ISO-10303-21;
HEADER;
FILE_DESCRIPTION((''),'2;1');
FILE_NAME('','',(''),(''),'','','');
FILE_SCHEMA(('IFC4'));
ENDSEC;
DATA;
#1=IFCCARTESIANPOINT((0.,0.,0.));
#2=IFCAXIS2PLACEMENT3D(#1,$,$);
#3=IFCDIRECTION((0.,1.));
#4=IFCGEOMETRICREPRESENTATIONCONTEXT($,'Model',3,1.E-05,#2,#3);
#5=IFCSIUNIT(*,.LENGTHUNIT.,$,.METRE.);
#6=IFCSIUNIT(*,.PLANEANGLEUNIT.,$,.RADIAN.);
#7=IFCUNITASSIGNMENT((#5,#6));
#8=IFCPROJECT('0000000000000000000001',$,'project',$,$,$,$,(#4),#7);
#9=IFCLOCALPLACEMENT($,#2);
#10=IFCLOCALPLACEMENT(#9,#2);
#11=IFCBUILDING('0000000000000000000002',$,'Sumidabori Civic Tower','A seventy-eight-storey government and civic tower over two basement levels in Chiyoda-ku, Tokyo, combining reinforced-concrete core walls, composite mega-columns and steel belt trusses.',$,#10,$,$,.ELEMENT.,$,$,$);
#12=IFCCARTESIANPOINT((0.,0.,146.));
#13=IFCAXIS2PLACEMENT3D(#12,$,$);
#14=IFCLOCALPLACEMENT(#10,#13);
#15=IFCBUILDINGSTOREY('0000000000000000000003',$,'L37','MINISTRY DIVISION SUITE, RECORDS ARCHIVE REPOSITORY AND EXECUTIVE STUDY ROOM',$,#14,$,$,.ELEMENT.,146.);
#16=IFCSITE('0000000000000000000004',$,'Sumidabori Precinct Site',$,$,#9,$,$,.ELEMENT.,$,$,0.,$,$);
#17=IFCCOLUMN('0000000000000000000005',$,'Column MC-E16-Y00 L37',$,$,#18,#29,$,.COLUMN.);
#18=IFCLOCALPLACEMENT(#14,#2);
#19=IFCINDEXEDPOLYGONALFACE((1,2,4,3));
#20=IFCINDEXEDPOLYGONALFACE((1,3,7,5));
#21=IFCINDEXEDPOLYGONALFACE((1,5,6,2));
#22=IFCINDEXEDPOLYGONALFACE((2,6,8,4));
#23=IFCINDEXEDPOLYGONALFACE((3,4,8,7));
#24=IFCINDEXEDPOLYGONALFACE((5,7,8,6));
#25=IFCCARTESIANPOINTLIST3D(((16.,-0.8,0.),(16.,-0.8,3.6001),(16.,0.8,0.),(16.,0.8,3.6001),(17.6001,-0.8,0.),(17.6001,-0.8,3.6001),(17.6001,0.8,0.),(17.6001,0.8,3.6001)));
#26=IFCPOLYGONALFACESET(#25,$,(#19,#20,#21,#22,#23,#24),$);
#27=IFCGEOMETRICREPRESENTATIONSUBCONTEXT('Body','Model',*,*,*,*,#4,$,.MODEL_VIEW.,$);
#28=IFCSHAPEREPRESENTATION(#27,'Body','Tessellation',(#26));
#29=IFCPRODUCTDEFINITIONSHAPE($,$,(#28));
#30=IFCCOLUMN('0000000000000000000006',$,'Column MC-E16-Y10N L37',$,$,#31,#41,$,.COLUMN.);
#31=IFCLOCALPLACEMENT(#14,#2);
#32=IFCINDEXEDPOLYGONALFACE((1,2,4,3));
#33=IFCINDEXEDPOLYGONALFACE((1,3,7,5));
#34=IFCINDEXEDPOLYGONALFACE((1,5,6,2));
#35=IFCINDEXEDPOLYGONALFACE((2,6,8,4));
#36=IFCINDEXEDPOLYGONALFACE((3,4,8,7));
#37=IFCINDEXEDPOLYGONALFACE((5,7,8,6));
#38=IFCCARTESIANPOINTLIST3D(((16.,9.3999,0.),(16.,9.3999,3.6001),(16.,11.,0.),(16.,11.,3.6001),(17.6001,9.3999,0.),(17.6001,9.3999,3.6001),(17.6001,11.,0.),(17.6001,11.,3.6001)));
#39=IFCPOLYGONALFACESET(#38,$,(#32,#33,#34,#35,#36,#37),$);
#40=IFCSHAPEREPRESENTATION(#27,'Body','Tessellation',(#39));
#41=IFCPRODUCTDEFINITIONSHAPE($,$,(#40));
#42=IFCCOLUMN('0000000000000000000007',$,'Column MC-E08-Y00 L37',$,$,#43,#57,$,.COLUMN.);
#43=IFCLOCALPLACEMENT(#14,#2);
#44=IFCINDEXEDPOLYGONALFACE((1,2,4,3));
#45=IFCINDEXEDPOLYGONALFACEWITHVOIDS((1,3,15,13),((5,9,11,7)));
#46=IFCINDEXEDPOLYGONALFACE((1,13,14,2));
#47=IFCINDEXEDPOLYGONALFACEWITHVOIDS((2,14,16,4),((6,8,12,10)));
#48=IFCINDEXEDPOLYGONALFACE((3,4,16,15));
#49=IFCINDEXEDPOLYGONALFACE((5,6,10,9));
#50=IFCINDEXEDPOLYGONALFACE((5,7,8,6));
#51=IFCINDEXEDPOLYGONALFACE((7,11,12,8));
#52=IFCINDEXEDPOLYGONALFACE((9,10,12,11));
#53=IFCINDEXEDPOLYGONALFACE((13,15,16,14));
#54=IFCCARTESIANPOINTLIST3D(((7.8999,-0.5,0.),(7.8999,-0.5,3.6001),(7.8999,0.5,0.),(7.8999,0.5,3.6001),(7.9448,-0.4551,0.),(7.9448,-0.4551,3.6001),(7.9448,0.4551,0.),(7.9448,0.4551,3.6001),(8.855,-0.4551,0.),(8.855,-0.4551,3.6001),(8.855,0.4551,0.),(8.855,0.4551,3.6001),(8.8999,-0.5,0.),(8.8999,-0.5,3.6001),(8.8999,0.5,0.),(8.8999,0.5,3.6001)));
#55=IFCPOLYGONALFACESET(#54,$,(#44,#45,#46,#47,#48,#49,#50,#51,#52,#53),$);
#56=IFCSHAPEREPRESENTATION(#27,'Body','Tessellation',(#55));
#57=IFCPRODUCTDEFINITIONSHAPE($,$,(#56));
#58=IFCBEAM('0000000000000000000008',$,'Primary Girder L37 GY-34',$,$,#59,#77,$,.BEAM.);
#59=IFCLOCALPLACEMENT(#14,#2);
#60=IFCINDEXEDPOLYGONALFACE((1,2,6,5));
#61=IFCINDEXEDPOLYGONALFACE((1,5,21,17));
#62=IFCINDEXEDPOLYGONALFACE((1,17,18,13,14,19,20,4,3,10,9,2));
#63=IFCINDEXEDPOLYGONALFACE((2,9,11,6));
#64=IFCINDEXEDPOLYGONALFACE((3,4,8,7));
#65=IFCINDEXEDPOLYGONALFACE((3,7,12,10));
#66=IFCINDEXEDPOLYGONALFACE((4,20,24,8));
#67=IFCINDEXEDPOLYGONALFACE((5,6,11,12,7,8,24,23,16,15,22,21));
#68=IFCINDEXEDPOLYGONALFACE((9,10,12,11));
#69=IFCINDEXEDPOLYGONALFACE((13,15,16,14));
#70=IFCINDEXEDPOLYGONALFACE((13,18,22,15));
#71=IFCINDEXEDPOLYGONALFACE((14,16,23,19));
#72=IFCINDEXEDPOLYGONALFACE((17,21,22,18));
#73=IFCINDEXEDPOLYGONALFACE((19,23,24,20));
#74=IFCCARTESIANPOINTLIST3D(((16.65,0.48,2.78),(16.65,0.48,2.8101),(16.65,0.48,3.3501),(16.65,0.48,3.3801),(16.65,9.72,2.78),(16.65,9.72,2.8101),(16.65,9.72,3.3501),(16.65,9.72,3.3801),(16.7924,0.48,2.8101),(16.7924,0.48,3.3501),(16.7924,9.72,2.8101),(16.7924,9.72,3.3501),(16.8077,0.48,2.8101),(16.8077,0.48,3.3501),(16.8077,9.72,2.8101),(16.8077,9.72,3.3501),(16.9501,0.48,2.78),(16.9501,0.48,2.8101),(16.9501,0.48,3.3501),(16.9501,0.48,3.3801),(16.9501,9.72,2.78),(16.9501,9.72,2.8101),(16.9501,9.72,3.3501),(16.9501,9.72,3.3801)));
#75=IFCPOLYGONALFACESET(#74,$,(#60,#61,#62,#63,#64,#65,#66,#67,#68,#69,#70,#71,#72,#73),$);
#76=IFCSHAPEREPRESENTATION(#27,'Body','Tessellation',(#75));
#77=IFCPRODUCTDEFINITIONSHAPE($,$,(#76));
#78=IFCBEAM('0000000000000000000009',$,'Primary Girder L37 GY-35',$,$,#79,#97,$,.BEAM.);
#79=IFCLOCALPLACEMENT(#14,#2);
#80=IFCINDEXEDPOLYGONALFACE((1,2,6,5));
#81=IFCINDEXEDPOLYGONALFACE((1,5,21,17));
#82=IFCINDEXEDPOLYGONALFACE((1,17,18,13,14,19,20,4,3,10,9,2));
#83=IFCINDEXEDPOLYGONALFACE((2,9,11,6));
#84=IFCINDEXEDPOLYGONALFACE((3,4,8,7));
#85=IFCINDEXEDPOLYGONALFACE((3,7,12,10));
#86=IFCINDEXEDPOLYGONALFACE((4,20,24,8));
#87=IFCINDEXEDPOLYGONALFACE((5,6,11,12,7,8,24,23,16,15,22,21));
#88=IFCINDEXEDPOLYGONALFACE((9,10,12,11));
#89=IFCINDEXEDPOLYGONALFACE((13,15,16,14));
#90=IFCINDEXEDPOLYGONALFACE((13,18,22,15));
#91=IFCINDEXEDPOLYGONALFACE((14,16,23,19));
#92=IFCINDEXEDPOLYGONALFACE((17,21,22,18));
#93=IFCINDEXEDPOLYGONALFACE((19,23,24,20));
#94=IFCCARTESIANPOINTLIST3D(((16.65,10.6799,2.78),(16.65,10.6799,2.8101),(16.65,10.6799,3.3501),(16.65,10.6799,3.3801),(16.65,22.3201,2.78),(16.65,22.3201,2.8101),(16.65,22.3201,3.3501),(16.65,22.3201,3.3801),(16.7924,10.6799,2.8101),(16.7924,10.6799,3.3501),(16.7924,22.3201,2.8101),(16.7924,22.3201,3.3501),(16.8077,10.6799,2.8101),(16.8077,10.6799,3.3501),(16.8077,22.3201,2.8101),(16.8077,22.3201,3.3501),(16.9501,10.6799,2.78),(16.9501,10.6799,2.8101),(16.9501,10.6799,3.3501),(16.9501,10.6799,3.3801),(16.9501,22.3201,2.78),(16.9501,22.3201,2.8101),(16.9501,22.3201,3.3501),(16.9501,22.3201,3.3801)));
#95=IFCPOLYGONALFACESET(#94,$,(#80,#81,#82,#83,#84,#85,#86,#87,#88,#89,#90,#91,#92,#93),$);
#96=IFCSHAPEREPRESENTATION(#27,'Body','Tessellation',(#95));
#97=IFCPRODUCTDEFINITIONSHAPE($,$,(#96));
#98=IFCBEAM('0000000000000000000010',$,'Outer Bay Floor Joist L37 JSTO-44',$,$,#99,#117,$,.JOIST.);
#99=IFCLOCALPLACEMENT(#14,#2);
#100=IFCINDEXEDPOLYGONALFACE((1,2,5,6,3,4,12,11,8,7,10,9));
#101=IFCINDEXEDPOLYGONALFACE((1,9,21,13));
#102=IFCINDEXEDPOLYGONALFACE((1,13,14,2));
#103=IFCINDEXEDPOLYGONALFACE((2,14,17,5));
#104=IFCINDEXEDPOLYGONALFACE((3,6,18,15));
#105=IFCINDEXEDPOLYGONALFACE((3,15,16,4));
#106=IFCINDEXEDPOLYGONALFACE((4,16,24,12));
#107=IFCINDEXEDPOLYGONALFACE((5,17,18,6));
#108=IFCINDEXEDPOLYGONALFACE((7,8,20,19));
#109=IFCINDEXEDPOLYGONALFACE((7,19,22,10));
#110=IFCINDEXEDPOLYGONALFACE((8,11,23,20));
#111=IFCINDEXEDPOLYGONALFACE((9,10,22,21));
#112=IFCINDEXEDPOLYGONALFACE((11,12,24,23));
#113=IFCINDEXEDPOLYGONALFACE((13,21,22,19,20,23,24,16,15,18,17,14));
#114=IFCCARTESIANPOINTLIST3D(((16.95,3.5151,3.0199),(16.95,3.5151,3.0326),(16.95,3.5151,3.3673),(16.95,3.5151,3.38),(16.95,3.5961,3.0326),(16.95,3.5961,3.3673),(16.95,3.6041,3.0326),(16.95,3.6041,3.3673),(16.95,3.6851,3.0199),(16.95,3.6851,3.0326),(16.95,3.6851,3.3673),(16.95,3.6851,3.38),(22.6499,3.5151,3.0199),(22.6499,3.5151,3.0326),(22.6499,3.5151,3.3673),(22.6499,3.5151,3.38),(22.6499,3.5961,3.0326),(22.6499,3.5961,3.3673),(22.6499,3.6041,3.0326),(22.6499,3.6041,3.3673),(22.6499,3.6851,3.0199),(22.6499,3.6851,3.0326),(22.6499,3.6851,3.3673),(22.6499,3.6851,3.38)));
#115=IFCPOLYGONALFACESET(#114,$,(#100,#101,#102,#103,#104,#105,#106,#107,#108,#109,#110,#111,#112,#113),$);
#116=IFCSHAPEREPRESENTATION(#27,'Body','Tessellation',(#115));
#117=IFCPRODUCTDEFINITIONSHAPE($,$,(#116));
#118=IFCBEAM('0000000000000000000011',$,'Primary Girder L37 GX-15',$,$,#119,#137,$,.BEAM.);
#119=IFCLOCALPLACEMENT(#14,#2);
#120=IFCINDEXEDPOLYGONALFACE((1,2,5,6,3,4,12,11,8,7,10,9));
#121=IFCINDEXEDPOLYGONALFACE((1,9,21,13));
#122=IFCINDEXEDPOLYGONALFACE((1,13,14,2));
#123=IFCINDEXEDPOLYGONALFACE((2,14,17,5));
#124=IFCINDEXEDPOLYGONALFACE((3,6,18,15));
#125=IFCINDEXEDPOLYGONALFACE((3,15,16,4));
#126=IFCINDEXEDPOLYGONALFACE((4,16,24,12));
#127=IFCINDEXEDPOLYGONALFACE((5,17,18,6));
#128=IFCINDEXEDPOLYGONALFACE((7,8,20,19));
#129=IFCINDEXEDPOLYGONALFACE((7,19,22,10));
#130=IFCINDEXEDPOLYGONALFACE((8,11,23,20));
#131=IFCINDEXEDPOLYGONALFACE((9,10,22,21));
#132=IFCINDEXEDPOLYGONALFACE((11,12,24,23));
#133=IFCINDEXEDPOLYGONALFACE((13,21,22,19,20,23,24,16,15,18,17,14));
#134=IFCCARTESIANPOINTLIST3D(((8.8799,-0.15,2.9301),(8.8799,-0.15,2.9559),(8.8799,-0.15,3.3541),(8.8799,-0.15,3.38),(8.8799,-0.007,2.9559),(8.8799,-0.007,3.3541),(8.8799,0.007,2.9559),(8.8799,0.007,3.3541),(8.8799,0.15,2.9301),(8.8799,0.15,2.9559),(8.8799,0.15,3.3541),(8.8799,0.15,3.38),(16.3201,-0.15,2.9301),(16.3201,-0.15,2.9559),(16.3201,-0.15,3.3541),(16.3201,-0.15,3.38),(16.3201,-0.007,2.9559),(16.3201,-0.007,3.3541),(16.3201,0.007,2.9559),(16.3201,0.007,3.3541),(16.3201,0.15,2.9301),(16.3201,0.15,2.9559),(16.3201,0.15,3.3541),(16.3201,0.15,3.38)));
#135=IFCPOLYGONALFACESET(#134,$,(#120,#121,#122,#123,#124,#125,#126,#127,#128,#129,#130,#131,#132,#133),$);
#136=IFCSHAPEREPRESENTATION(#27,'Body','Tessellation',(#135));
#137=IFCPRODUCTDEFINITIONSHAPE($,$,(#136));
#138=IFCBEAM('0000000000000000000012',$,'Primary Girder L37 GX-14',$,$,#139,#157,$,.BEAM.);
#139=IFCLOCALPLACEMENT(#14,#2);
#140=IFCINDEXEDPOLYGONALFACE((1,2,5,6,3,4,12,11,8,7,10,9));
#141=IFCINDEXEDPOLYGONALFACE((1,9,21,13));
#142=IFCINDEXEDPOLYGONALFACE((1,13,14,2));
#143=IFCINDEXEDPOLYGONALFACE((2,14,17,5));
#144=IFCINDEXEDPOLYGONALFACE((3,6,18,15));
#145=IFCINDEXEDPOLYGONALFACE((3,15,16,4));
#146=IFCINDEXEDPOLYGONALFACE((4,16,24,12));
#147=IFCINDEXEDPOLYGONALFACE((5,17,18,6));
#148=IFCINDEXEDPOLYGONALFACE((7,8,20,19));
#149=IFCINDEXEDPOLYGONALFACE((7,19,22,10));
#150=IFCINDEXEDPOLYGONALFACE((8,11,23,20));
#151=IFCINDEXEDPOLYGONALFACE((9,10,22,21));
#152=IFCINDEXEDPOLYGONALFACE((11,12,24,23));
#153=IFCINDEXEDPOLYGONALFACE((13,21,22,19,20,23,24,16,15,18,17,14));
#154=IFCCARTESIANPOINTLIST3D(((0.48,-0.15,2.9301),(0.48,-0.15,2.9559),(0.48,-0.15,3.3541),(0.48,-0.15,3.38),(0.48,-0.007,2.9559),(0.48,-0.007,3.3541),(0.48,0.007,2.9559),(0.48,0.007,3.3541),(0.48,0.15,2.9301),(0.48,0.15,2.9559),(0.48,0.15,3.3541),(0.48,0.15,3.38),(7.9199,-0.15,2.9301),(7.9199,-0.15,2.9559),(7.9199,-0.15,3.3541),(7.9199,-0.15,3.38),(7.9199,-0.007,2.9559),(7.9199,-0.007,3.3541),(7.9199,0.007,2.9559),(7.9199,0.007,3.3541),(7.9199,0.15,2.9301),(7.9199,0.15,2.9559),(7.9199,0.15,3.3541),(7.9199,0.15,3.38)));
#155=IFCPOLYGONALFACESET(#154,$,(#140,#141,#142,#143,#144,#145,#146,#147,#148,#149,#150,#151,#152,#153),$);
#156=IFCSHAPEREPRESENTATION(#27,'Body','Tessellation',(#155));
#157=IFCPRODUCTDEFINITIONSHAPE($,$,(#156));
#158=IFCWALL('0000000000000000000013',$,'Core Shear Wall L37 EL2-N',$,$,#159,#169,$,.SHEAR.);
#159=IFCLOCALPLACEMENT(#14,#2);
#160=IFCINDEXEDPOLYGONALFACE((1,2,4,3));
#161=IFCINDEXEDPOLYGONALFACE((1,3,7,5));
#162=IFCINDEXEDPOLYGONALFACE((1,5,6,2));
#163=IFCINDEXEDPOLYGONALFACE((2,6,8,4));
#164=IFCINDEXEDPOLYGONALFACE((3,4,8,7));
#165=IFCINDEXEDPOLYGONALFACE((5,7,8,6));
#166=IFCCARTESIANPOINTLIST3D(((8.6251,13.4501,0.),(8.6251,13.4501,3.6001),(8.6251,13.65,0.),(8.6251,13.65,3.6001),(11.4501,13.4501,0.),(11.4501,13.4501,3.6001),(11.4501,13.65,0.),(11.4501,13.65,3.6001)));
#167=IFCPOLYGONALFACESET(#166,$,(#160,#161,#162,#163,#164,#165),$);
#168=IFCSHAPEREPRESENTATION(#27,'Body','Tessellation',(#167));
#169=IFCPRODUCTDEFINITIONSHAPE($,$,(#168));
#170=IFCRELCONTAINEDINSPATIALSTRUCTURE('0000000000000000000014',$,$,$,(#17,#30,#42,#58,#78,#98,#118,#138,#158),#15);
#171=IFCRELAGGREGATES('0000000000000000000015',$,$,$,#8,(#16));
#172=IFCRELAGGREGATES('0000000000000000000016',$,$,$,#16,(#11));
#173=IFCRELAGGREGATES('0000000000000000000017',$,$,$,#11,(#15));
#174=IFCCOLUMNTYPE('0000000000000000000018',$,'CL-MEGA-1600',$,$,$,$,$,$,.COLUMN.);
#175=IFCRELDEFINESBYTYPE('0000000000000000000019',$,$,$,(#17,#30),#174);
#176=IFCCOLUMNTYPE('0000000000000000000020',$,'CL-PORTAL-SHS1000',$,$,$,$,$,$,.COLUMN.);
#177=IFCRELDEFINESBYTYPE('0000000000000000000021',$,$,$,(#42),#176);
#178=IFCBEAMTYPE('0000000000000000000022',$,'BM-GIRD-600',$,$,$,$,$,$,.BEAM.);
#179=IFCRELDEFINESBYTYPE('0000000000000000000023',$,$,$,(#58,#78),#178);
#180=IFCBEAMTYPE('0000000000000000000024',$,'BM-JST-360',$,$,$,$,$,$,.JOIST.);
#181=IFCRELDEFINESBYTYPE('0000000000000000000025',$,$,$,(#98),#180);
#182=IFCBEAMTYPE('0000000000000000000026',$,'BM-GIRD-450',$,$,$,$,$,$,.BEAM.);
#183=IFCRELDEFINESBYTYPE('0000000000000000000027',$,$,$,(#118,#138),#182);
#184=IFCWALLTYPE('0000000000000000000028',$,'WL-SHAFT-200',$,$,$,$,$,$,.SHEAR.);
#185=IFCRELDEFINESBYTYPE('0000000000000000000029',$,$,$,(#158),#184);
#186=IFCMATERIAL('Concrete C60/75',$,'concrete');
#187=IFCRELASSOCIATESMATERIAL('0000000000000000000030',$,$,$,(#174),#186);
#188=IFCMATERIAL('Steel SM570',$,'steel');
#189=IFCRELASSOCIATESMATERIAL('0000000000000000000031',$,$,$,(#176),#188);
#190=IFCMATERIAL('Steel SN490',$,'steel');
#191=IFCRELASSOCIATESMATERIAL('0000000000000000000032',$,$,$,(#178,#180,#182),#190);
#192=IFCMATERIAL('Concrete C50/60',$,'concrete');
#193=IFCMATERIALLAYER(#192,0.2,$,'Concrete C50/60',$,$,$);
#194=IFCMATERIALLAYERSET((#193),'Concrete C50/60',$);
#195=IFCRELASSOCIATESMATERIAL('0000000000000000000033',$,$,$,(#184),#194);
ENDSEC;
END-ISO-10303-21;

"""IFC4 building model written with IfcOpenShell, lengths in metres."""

from ifc_helpers import new_model, si_unit, direction, frame, frame_2d, origin, origin_2d, place, context, subcontext, project, spatial, rectangle, hollow_rectangle, i_section, extrude, source, transform, mapped, material, layer, layer_set, material_profile, profile_set, type_object, element, save


model = new_model("IFC4")

# Units and contexts
model_context = context("Model", 3, precision=1e-05, world=origin(), true_north=direction((0.0, 1.0)))
body_context = subcontext(model_context, "Body", "Model", "MODEL_VIEW")
ifc_project = project(units=[si_unit("LENGTHUNIT", "METRE"), si_unit("PLANEANGLEUNIT", "RADIAN")], contexts=[model_context])

# Site, building, storey
site_placement = place(None, origin())
site = spatial("IfcSite", under=ifc_project, at=site_placement, Name="Sumidabori Precinct Site", CompositionType="ELEMENT", RefElevation=0.0)
building_placement = place(site_placement, origin())
building = spatial("IfcBuilding", under=site, at=building_placement, Name="Sumidabori Civic Tower", Description="A seventy-eight-storey government and civic tower over two basement levels in Chiyoda-ku, Tokyo, combining reinforced-concrete core walls, composite mega-columns and steel belt trusses.", CompositionType="ELEMENT")
storey_placement = place(building_placement, frame((0.0, 0.0, 146.0)))
storey = spatial("IfcBuildingStorey", under=building, at=storey_placement, Name="L37", Description="MINISTRY DIVISION SUITE, RECORDS ARCHIVE REPOSITORY AND EXECUTIVE STUDY ROOM", CompositionType="ELEMENT", Elevation=146.0)

# Columns
ifc_material_1 = material(Name="Concrete C60/75", Category="concrete")
ifc_material_profile_1 = material_profile(ifc_material_1, rectangle(XDim=1.6001, YDim=1.6001, at=origin_2d()), Name="RC 1600x1600")
ifc_profile_set_1 = profile_set([ifc_material_profile_1], Name="Concrete C60/75")
column_type_1 = type_object("IfcColumnType", Name="CL-MEGA-1600", PredefinedType="COLUMN", material=ifc_profile_set_1)
shared_shape_1 = source(origin(), body_context, "Body", "SweptSolid", [
    extrude(rectangle(XDim=1.6001, YDim=1.6001, at=origin_2d()), origin(), (0.0, 0.0, 1.0), 3.6001),
])
for number, where, z_axis, x_axis, name in (
    (1, (16.8, 0.0, 0.0), (0.0, 0.0, 1.0), (1.0, 0.0, 0.0), "Column MC-E16-Y00 L37"),
    (2, (16.8, 10.2, 0.0), (0.0, 0.0, 1.0), (1.0, 0.0, 0.0), "Column MC-E16-Y10N L37"),
):
    element("IfcColumn", number, at=place(storey_placement, frame(where, z_axis=z_axis, x_axis=x_axis)), inside=storey, type_object=column_type_1, Name=name, PredefinedType="COLUMN", context=body_context, shape_type="MappedRepresentation", body=[
        mapped(shared_shape_1, transform((0.0, 0.0, 0.0), x_axis=(1.0, 0.0, 0.0), y_axis=(0.0, 1.0, 0.0), z_axis=(0.0, 0.0, 1.0), scale=1.0)),
    ])
ifc_material_2 = material(Name="Steel SM570", Category="steel")
ifc_material_profile_2 = material_profile(ifc_material_2, hollow_rectangle(XDim=1.0, YDim=1.0, WallThickness=0.0449, at=origin_2d()), Name="SHS 1000x1000x45")
ifc_profile_set_2 = profile_set([ifc_material_profile_2], Name="Steel SM570")
column_type_2 = type_object("IfcColumnType", Name="CL-PORTAL-SHS1000", PredefinedType="COLUMN", material=ifc_profile_set_2)
shared_shape_2 = source(origin(), body_context, "Body", "SweptSolid", [
    extrude(hollow_rectangle(XDim=1.0, YDim=1.0, WallThickness=0.0449, at=origin_2d()), origin(), (0.0, 0.0, 1.0), 3.6001),
])
column_placement = place(storey_placement, frame((8.3999, 0.0, 0.0), z_axis=(0.0, 0.0, 1.0), x_axis=(1.0, 0.0, 0.0)))
element("IfcColumn", 3, at=column_placement, inside=storey, type_object=column_type_2, Name="Column MC-E08-Y00 L37", PredefinedType="COLUMN", context=body_context, shape_type="MappedRepresentation", body=[
    mapped(shared_shape_2, transform((0.0, 0.0, 0.0), x_axis=(1.0, 0.0, 0.0), y_axis=(0.0, 1.0, 0.0), z_axis=(0.0, 0.0, 1.0), scale=1.0)),
])

# Beams
ifc_material_3 = material(Name="Steel SN490", Category="steel")
ifc_material_profile_3 = material_profile(ifc_material_3, i_section(OverallWidth=0.3, OverallDepth=0.6001, WebThickness=0.0154, FlangeThickness=0.03, at=origin_2d()), Name="HE 600 B")
ifc_profile_set_3 = profile_set([ifc_material_profile_3], Name="Steel SN490")
beam_type_1 = type_object("IfcBeamType", Name="BM-GIRD-600", PredefinedType="BEAM", material=ifc_profile_set_3)
shared_shape_3 = source(origin(), body_context, "Body", "SweptSolid", [
    extrude(i_section(OverallWidth=0.3, OverallDepth=0.6001, WebThickness=0.0154, FlangeThickness=0.03, at=origin_2d()), origin(), (0.0, 0.0, 1.0), 9.24),
])
beam_1_placement = place(storey_placement, frame((16.8, 0.48, 3.0801), z_axis=(0.0, 1.0, 0.0), x_axis=(-1.0, 0.0, 0.0)))
element("IfcBeam", 4, at=beam_1_placement, inside=storey, type_object=beam_type_1, Name="Primary Girder L37 GY-34", PredefinedType="BEAM", context=body_context, shape_type="MappedRepresentation", body=[
    mapped(shared_shape_3, transform((0.0, 0.0, 0.0), x_axis=(1.0, 0.0, 0.0), y_axis=(0.0, 1.0, 0.0), z_axis=(0.0, 0.0, 1.0), scale=1.0)),
])
shared_shape_4 = source(origin(), body_context, "Body", "SweptSolid", [
    extrude(i_section(OverallWidth=0.3, OverallDepth=0.6001, WebThickness=0.0154, FlangeThickness=0.03, at=origin_2d()), origin(), (0.0, 0.0, 1.0), 11.6401),
])
beam_2_placement = place(storey_placement, frame((16.8, 10.6799, 3.0801), z_axis=(0.0, 1.0, 0.0), x_axis=(-1.0, 0.0, 0.0)))
element("IfcBeam", 5, at=beam_2_placement, inside=storey, type_object=beam_type_1, Name="Primary Girder L37 GY-35", PredefinedType="BEAM", context=body_context, shape_type="MappedRepresentation", body=[
    mapped(shared_shape_4, transform((0.0, 0.0, 0.0), x_axis=(1.0, 0.0, 0.0), y_axis=(0.0, 1.0, 0.0), z_axis=(0.0, 0.0, 1.0), scale=1.0)),
])
ifc_material_profile_4 = material_profile(ifc_material_3, i_section(OverallWidth=0.1699, OverallDepth=0.3601, WebThickness=0.0081, FlangeThickness=0.0127, at=origin_2d()), Name="IPE 360")
ifc_profile_set_4 = profile_set([ifc_material_profile_4], Name="Steel SN490")
beam_type_2 = type_object("IfcBeamType", Name="BM-JST-360", PredefinedType="JOIST", material=ifc_profile_set_4)
shared_shape_5 = source(origin(), body_context, "Body", "SweptSolid", [
    extrude(i_section(OverallWidth=0.1699, OverallDepth=0.3601, WebThickness=0.0081, FlangeThickness=0.0127, at=origin_2d()), origin(), (0.0, 0.0, 1.0), 5.7),
])
beam_3_placement = place(storey_placement, frame((16.95, 3.6001, 3.2), z_axis=(1.0, 0.0, 0.0), x_axis=(0.0, 1.0, 0.0)))
element("IfcBeam", 6, at=beam_3_placement, inside=storey, type_object=beam_type_2, Name="Outer Bay Floor Joist L37 JSTO-44", PredefinedType="JOIST", context=body_context, shape_type="MappedRepresentation", body=[
    mapped(shared_shape_5, transform((0.0, 0.0, 0.0), x_axis=(1.0, 0.0, 0.0), y_axis=(0.0, 1.0, 0.0), z_axis=(0.0, 0.0, 1.0), scale=1.0)),
])
ifc_material_profile_5 = material_profile(ifc_material_3, i_section(OverallWidth=0.3, OverallDepth=0.45, WebThickness=0.0139, FlangeThickness=0.0259, at=origin_2d()), Name="HE 450 B")
ifc_profile_set_5 = profile_set([ifc_material_profile_5], Name="Steel SN490")
beam_type_3 = type_object("IfcBeamType", Name="BM-GIRD-450", PredefinedType="BEAM", material=ifc_profile_set_5)
shared_shape_6 = source(origin(), body_context, "Body", "SweptSolid", [
    extrude(i_section(OverallWidth=0.3, OverallDepth=0.45, WebThickness=0.0139, FlangeThickness=0.0259, at=origin_2d()), origin(), (0.0, 0.0, 1.0), 7.4402),
])
beam_4_placement = place(storey_placement, frame((8.8799, 0.0, 3.155), z_axis=(1.0, 0.0, 0.0), x_axis=(0.0, 1.0, 0.0)))
element("IfcBeam", 7, at=beam_4_placement, inside=storey, type_object=beam_type_3, Name="Primary Girder L37 GX-15", PredefinedType="BEAM", context=body_context, shape_type="MappedRepresentation", body=[
    mapped(shared_shape_6, transform((0.0, 0.0, 0.0), x_axis=(1.0, 0.0, 0.0), y_axis=(0.0, 1.0, 0.0), z_axis=(0.0, 0.0, 1.0), scale=1.0)),
])
shared_shape_7 = source(origin(), body_context, "Body", "SweptSolid", [
    extrude(i_section(OverallWidth=0.3, OverallDepth=0.45, WebThickness=0.0139, FlangeThickness=0.0259, at=origin_2d()), origin(), (0.0, 0.0, 1.0), 7.4399),
])
beam_5_placement = place(storey_placement, frame((0.48, 0.0, 3.155), z_axis=(1.0, 0.0, 0.0), x_axis=(0.0, 1.0, 0.0)))
element("IfcBeam", 8, at=beam_5_placement, inside=storey, type_object=beam_type_3, Name="Primary Girder L37 GX-14", PredefinedType="BEAM", context=body_context, shape_type="MappedRepresentation", body=[
    mapped(shared_shape_7, transform((0.0, 0.0, 0.0), x_axis=(1.0, 0.0, 0.0), y_axis=(0.0, 1.0, 0.0), z_axis=(0.0, 0.0, 1.0), scale=1.0)),
])

# Wall
ifc_material_4 = material(Name="Concrete C50/60", Category="concrete")
ifc_layer_1 = layer(ifc_material_4, 0.2, Name="Concrete C50/60")
ifc_layer_set_1 = layer_set([ifc_layer_1], Name="Concrete C50/60")
wall_type_1 = type_object("IfcWallType", Name="WL-SHAFT-200", PredefinedType="SHEAR", material=ifc_layer_set_1)
shared_shape_8 = source(origin(), body_context, "Body", "SweptSolid", [
    extrude(rectangle(XDim=2.825, YDim=0.2, at=frame_2d((1.4126, 0.0))), origin(), (0.0, 0.0, 1.0), 3.6001),
])
wall_1_placement = place(storey_placement, frame((8.625, 13.55, 0.0), z_axis=(0.0, 0.0, 1.0), x_axis=(1.0, 0.0, 0.0)))
element("IfcWall", 9, at=wall_1_placement, inside=storey, type_object=wall_type_1, Name="Core Shear Wall L37 EL2-N", PredefinedType="SHEAR", context=body_context, shape_type="MappedRepresentation", body=[
    mapped(shared_shape_8, transform((0.0, 0.0, 0.0), x_axis=(1.0, 0.0, 0.0), y_axis=(0.0, 1.0, 0.0), z_axis=(0.0, 0.0, 1.0), scale=1.0)),
])

save(model, "model.ifc")
